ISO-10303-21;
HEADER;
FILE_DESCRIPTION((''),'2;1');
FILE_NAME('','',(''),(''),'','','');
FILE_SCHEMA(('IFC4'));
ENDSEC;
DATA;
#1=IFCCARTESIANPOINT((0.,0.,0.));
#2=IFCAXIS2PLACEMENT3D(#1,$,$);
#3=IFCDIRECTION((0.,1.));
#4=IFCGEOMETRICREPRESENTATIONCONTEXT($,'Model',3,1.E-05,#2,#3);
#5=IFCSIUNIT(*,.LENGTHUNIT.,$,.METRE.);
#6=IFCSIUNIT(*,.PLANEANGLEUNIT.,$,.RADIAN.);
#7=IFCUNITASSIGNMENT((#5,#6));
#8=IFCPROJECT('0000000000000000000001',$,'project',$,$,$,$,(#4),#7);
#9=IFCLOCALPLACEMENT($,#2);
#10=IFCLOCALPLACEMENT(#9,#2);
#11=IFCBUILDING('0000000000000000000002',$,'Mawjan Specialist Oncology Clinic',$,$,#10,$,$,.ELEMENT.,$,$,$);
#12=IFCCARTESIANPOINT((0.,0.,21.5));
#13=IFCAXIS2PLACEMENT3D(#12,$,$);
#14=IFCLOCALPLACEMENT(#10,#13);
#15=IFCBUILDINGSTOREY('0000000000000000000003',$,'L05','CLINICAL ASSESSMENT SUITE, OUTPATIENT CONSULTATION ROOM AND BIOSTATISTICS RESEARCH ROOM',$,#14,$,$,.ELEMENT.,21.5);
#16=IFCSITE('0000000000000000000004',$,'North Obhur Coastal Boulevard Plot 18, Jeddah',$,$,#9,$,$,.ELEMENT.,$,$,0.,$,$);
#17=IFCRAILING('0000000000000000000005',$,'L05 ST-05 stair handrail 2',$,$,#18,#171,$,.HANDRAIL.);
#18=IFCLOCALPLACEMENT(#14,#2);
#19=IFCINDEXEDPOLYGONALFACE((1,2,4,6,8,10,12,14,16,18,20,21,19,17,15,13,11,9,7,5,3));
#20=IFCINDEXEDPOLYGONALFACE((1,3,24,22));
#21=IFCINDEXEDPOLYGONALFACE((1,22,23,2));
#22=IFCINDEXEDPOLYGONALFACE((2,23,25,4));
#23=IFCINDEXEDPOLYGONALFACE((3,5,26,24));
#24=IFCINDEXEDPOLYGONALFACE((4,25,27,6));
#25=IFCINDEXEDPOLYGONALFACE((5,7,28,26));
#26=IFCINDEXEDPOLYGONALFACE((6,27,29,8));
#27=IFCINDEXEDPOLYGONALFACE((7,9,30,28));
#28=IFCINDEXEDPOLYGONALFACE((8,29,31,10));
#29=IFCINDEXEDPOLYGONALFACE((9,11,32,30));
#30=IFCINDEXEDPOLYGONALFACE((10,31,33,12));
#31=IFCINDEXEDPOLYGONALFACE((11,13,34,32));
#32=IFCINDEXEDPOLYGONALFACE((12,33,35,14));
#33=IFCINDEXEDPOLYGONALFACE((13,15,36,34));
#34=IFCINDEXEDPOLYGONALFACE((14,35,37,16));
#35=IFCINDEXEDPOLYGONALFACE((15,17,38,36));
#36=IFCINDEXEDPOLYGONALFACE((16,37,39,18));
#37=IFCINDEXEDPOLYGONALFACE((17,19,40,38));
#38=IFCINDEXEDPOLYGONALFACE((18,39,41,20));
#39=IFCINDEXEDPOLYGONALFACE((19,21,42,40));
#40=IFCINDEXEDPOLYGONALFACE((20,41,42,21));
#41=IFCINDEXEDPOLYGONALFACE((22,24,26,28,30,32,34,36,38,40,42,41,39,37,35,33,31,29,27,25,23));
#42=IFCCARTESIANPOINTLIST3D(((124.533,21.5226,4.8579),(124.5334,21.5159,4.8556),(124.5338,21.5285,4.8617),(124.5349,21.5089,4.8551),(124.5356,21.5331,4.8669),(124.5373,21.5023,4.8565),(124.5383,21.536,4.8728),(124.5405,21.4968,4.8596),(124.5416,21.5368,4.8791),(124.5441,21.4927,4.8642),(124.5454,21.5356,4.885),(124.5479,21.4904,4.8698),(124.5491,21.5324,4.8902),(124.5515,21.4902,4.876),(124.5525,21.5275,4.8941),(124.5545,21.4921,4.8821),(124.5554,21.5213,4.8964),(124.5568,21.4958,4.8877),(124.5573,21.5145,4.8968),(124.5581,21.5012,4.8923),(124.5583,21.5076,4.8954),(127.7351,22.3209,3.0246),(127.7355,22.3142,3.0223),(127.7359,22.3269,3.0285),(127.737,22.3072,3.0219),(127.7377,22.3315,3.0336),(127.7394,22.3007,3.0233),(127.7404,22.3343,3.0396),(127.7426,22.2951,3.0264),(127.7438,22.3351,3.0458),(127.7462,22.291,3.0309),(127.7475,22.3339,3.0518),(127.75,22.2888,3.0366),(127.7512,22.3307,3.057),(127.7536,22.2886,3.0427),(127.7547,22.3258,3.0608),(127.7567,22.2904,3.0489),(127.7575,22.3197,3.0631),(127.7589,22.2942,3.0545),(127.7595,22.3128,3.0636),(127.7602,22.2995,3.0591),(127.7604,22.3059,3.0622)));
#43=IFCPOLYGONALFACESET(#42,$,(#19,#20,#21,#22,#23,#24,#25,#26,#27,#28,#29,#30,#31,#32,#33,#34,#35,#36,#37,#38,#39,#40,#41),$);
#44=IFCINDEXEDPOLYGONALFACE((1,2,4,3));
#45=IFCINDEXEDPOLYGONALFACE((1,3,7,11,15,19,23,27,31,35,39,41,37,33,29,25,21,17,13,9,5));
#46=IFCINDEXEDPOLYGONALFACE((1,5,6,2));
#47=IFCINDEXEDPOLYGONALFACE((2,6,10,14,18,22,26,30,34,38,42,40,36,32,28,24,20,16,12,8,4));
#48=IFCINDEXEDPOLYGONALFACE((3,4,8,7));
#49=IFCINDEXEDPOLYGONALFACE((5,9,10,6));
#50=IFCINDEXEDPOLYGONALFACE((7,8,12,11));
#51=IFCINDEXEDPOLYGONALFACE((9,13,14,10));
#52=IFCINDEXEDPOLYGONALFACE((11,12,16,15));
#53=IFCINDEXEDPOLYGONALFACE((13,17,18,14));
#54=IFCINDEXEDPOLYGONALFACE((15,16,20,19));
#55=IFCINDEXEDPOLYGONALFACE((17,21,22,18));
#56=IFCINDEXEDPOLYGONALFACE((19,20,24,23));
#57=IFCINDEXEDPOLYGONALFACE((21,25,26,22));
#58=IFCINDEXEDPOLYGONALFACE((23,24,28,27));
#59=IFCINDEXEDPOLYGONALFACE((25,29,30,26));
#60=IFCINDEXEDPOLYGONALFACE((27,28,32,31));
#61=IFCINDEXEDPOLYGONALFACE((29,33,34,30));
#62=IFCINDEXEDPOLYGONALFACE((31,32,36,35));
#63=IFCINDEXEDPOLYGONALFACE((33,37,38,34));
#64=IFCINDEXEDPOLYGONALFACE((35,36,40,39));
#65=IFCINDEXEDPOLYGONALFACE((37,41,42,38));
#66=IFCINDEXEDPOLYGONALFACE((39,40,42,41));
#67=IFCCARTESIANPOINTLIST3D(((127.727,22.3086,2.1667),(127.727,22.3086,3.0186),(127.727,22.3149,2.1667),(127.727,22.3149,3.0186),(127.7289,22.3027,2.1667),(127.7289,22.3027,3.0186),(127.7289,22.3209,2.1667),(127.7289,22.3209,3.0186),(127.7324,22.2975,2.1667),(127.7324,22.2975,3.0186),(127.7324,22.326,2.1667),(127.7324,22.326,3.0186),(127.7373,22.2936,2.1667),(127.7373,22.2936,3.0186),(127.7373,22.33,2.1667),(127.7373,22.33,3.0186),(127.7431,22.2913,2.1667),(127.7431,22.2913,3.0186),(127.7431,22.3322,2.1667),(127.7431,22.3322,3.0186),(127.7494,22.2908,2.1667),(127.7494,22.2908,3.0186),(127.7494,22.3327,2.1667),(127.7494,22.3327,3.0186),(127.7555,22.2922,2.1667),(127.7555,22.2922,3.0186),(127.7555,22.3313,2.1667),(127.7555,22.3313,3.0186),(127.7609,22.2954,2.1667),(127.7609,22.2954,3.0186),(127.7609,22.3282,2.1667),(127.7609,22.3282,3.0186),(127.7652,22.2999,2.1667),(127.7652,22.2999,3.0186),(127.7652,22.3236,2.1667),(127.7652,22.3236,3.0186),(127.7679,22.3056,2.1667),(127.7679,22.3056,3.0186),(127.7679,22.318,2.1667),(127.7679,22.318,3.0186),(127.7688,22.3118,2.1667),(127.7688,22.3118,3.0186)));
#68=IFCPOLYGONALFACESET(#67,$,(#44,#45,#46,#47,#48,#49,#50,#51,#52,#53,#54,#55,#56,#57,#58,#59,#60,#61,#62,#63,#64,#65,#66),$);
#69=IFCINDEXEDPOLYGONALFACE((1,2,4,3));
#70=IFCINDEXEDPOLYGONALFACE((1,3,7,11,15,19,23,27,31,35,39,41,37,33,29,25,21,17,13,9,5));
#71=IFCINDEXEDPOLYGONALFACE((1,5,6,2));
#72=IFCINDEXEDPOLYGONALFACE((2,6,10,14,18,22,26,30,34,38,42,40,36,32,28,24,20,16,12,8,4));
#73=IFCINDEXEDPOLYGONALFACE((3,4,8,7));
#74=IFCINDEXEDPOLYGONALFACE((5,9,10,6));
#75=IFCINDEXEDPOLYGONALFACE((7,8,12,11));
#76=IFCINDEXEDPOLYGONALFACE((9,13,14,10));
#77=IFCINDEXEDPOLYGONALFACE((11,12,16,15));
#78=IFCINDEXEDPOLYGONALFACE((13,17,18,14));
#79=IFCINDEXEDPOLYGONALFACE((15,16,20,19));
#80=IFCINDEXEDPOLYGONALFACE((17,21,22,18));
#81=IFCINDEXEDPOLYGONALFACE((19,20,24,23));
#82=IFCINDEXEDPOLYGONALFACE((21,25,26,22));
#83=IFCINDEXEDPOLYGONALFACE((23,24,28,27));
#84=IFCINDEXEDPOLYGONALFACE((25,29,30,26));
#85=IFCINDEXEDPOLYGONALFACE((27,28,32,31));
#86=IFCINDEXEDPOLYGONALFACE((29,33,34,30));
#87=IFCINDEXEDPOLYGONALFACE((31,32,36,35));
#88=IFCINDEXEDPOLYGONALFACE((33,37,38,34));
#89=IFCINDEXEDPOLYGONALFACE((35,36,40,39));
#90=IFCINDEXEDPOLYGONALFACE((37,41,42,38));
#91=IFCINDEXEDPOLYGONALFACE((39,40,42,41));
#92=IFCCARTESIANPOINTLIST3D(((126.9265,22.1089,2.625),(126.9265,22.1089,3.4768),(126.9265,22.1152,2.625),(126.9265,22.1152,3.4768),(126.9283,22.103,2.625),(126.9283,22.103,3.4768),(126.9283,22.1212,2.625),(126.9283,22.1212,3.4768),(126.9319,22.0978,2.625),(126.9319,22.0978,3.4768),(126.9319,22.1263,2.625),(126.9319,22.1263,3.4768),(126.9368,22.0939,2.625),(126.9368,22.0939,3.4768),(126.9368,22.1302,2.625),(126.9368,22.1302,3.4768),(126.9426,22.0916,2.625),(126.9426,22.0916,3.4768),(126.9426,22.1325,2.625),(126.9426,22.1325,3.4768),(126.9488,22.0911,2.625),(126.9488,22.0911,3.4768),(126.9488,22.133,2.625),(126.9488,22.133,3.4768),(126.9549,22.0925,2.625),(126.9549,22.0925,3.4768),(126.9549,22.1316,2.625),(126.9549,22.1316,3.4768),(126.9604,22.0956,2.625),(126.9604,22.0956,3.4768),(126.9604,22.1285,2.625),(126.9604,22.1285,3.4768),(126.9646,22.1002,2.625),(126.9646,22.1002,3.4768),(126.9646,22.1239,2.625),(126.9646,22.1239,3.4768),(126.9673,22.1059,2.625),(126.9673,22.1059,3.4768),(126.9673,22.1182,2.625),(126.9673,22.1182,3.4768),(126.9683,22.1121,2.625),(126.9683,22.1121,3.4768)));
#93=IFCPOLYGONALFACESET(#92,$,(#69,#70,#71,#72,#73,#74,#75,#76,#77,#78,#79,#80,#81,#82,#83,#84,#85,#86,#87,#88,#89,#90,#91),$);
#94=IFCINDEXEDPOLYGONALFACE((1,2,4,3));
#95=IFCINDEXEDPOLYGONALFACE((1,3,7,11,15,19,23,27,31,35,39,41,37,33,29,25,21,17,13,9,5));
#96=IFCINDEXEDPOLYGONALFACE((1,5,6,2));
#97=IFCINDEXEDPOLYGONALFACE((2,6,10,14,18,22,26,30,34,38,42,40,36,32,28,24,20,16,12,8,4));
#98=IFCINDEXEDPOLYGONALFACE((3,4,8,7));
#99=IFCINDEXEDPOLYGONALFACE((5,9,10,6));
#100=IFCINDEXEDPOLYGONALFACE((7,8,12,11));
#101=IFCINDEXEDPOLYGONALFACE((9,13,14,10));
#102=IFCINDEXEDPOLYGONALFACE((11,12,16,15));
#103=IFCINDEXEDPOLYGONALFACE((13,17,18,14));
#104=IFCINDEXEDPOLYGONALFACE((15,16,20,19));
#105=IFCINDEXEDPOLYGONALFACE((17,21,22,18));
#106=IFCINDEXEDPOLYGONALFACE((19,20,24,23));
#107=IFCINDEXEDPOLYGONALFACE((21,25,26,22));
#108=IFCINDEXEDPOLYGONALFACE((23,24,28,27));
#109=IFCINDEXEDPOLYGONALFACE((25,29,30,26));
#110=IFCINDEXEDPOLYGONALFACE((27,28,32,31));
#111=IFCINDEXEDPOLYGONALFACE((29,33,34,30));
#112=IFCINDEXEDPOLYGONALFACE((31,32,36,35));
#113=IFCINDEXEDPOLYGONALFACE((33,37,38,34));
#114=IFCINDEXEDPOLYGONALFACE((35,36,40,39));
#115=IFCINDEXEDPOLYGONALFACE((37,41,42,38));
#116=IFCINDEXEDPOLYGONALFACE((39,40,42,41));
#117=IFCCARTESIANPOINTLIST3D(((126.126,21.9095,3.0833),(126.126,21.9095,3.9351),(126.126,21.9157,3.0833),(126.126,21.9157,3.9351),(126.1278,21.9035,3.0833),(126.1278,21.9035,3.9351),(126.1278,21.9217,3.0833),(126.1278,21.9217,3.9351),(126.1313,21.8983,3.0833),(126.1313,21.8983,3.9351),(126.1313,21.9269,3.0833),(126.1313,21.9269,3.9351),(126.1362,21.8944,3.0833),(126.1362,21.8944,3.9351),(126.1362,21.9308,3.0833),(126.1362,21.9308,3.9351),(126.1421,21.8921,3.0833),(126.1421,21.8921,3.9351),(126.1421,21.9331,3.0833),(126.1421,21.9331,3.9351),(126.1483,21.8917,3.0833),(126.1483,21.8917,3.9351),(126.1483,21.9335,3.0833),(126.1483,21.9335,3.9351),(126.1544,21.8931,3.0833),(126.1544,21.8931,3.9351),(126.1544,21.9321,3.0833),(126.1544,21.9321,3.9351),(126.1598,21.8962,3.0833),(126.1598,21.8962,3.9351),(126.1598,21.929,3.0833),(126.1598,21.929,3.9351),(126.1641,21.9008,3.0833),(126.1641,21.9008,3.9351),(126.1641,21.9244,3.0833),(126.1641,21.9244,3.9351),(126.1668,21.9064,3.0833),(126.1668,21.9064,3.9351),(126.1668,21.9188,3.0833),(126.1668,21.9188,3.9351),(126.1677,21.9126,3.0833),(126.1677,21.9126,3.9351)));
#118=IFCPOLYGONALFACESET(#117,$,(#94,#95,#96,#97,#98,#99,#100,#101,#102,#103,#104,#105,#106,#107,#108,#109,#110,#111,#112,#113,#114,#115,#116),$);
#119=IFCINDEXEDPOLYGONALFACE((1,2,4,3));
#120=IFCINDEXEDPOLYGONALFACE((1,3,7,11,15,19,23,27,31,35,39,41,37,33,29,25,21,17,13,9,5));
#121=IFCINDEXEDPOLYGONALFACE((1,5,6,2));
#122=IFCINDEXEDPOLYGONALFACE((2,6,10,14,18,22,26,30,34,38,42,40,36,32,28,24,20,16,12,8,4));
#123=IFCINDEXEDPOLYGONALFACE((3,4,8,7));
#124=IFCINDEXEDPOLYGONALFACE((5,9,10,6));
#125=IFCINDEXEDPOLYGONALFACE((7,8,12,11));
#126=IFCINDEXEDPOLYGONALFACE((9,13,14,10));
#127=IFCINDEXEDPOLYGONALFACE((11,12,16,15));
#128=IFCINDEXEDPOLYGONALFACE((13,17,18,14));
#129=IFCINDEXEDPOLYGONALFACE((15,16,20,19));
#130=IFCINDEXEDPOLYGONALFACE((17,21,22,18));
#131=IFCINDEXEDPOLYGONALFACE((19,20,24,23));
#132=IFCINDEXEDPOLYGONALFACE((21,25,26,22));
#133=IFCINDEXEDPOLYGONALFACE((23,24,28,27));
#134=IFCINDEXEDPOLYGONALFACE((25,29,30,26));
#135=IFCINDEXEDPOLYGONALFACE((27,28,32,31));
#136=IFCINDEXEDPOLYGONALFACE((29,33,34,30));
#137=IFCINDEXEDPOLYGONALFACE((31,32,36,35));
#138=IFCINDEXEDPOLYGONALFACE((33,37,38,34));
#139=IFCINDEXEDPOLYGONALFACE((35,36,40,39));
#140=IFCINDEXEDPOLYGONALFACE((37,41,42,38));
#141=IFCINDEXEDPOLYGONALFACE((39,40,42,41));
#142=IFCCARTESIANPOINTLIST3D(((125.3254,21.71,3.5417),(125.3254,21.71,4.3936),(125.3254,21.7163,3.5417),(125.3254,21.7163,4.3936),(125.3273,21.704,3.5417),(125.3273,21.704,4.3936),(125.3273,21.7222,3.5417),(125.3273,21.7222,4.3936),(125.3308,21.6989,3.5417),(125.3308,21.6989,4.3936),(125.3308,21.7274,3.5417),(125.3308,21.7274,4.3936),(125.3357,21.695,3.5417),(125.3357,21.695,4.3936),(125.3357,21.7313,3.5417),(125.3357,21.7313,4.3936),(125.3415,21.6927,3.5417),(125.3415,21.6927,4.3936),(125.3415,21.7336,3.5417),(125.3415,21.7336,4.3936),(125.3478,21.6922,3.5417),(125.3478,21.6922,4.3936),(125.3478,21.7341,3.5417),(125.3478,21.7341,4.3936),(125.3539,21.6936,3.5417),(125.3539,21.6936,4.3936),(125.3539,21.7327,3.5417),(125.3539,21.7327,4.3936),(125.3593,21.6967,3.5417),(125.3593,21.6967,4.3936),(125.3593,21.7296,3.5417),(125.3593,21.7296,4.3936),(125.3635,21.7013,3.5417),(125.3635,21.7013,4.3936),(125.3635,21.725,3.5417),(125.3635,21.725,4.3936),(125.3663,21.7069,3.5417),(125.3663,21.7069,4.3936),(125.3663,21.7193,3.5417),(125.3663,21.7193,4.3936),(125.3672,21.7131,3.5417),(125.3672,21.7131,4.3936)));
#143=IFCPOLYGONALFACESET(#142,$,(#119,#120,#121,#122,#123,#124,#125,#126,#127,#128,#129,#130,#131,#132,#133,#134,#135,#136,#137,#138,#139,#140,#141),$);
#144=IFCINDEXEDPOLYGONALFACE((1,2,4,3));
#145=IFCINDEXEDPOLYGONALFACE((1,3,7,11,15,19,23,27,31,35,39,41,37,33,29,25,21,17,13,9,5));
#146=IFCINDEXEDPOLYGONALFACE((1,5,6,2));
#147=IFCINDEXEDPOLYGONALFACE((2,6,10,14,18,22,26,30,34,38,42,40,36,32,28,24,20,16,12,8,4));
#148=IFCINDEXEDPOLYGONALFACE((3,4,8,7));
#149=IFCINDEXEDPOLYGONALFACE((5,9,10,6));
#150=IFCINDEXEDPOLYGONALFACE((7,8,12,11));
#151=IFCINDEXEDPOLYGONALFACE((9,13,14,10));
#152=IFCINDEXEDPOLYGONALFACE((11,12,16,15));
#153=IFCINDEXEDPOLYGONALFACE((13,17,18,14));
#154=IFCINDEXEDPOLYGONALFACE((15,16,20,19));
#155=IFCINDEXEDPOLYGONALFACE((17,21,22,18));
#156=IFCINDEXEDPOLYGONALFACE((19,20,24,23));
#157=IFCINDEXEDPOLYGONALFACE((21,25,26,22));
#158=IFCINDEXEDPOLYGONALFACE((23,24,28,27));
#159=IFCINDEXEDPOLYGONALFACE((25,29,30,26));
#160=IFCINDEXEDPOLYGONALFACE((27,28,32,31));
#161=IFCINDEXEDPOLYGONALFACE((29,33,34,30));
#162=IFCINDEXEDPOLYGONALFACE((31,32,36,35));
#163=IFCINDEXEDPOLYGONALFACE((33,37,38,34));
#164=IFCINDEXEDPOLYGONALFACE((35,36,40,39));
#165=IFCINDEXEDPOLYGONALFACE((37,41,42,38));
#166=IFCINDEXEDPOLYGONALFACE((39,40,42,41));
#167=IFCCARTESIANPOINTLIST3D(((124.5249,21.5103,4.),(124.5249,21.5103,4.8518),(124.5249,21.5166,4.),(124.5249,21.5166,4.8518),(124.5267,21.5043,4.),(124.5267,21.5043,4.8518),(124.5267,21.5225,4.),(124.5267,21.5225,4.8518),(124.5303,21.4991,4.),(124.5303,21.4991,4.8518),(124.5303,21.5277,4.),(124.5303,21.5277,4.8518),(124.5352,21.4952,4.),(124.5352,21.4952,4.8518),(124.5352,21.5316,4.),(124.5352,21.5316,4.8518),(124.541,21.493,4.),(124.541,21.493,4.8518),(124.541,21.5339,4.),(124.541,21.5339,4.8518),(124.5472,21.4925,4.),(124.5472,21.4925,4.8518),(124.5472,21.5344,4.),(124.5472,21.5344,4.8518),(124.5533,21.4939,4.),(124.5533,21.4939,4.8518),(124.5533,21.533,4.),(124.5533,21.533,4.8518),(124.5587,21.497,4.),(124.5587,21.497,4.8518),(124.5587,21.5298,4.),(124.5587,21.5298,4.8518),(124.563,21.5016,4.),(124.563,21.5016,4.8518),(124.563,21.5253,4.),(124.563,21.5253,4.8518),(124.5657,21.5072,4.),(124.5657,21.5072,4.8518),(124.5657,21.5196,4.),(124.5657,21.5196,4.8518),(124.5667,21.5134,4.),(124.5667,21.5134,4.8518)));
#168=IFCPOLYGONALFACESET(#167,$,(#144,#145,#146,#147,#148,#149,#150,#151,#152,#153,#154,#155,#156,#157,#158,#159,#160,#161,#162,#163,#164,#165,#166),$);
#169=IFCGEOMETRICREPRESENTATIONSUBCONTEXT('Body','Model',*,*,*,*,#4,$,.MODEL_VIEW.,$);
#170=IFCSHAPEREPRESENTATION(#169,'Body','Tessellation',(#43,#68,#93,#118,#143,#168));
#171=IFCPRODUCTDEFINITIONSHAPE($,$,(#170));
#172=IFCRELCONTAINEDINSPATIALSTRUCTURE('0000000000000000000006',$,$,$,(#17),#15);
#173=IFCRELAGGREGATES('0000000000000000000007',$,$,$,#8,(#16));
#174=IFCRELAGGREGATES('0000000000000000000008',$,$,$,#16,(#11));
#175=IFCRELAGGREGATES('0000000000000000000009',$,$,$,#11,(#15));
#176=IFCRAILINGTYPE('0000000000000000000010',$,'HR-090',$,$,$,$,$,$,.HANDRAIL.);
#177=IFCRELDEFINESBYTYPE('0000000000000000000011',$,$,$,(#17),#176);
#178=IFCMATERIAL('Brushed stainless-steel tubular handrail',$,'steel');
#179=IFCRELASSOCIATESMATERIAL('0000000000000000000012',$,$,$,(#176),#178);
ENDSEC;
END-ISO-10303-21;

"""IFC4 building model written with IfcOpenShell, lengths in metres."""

from ifc_helpers import new_model, si_unit, direction, frame, origin, origin_2d, place, context, subcontext, project, spatial, circle, extrude, material, type_object, element, save


model = new_model("IFC4")

# Units and contexts
model_context = context("Model", 3, precision=1e-05, world=origin(), true_north=direction((0.0, 1.0)))
body_context = subcontext(model_context, "Body", "Model", "MODEL_VIEW")
ifc_project = project(units=[si_unit("LENGTHUNIT", "METRE"), si_unit("PLANEANGLEUNIT", "RADIAN")], contexts=[model_context])

# Site, building, storey
site_placement = place(None, origin())
site = spatial("IfcSite", under=ifc_project, at=site_placement, Name="North Obhur Coastal Boulevard Plot 18, Jeddah", CompositionType="ELEMENT", RefElevation=0.0)
building_placement = place(site_placement, origin())
building = spatial("IfcBuilding", under=site, at=building_placement, Name="Mawjan Specialist Oncology Clinic", CompositionType="ELEMENT")
storey_placement = place(building_placement, frame((0.0, 0.0, 21.5)))
storey = spatial("IfcBuildingStorey", under=building, at=storey_placement, Name="L05", Description="CLINICAL ASSESSMENT SUITE, OUTPATIENT CONSULTATION ROOM AND BIOSTATISTICS RESEARCH ROOM", CompositionType="ELEMENT", Elevation=21.5)

# Railing
ifc_material_1 = material(Name="Brushed stainless-steel tubular handrail", Category="steel")
railing_type_1 = type_object("IfcRailingType", Name="HR-090", PredefinedType="HANDRAIL", material=ifc_material_1)
railing_1_placement = place(storey_placement, frame((127.7478, 22.3118, 2.1667)))
element("IfcRailing", 1, at=railing_1_placement, inside=storey, type_object=railing_type_1, Name="L05 ST-05 stair handrail 2", PredefinedType="HANDRAIL", context=body_context, shape_type="SweptSolid", body=[
    extrude(circle(Radius=0.0239, at=origin_2d()), frame((0.0, 0.0, 0.876), z_axis=(-0.848213, -0.211471, 0.485608), x_axis=(0.241909, -0.970299, 0.0)), (0.0, 0.0, 1.0), 3.7751),
    extrude(circle(Radius=0.021, at=origin_2d()), origin(), (0.0, 0.0, 1.0), 0.8518),
    extrude(circle(Radius=0.021, at=origin_2d()), frame((-0.8005, -0.1997, 0.4583)), (0.0, 0.0, 1.0), 0.8518),
    extrude(circle(Radius=0.021, at=origin_2d()), frame((-1.6011, -0.3992, 0.9165)), (0.0, 0.0, 1.0), 0.8518),
    extrude(circle(Radius=0.021, at=origin_2d()), frame((-2.4016, -0.5986, 1.375)), (0.0, 0.0, 1.0), 0.8518),
    extrude(circle(Radius=0.021, at=origin_2d()), frame((-3.2021, -0.7983, 1.8333)), (0.0, 0.0, 1.0), 0.8518),
])

save(model, "model.ifc")
